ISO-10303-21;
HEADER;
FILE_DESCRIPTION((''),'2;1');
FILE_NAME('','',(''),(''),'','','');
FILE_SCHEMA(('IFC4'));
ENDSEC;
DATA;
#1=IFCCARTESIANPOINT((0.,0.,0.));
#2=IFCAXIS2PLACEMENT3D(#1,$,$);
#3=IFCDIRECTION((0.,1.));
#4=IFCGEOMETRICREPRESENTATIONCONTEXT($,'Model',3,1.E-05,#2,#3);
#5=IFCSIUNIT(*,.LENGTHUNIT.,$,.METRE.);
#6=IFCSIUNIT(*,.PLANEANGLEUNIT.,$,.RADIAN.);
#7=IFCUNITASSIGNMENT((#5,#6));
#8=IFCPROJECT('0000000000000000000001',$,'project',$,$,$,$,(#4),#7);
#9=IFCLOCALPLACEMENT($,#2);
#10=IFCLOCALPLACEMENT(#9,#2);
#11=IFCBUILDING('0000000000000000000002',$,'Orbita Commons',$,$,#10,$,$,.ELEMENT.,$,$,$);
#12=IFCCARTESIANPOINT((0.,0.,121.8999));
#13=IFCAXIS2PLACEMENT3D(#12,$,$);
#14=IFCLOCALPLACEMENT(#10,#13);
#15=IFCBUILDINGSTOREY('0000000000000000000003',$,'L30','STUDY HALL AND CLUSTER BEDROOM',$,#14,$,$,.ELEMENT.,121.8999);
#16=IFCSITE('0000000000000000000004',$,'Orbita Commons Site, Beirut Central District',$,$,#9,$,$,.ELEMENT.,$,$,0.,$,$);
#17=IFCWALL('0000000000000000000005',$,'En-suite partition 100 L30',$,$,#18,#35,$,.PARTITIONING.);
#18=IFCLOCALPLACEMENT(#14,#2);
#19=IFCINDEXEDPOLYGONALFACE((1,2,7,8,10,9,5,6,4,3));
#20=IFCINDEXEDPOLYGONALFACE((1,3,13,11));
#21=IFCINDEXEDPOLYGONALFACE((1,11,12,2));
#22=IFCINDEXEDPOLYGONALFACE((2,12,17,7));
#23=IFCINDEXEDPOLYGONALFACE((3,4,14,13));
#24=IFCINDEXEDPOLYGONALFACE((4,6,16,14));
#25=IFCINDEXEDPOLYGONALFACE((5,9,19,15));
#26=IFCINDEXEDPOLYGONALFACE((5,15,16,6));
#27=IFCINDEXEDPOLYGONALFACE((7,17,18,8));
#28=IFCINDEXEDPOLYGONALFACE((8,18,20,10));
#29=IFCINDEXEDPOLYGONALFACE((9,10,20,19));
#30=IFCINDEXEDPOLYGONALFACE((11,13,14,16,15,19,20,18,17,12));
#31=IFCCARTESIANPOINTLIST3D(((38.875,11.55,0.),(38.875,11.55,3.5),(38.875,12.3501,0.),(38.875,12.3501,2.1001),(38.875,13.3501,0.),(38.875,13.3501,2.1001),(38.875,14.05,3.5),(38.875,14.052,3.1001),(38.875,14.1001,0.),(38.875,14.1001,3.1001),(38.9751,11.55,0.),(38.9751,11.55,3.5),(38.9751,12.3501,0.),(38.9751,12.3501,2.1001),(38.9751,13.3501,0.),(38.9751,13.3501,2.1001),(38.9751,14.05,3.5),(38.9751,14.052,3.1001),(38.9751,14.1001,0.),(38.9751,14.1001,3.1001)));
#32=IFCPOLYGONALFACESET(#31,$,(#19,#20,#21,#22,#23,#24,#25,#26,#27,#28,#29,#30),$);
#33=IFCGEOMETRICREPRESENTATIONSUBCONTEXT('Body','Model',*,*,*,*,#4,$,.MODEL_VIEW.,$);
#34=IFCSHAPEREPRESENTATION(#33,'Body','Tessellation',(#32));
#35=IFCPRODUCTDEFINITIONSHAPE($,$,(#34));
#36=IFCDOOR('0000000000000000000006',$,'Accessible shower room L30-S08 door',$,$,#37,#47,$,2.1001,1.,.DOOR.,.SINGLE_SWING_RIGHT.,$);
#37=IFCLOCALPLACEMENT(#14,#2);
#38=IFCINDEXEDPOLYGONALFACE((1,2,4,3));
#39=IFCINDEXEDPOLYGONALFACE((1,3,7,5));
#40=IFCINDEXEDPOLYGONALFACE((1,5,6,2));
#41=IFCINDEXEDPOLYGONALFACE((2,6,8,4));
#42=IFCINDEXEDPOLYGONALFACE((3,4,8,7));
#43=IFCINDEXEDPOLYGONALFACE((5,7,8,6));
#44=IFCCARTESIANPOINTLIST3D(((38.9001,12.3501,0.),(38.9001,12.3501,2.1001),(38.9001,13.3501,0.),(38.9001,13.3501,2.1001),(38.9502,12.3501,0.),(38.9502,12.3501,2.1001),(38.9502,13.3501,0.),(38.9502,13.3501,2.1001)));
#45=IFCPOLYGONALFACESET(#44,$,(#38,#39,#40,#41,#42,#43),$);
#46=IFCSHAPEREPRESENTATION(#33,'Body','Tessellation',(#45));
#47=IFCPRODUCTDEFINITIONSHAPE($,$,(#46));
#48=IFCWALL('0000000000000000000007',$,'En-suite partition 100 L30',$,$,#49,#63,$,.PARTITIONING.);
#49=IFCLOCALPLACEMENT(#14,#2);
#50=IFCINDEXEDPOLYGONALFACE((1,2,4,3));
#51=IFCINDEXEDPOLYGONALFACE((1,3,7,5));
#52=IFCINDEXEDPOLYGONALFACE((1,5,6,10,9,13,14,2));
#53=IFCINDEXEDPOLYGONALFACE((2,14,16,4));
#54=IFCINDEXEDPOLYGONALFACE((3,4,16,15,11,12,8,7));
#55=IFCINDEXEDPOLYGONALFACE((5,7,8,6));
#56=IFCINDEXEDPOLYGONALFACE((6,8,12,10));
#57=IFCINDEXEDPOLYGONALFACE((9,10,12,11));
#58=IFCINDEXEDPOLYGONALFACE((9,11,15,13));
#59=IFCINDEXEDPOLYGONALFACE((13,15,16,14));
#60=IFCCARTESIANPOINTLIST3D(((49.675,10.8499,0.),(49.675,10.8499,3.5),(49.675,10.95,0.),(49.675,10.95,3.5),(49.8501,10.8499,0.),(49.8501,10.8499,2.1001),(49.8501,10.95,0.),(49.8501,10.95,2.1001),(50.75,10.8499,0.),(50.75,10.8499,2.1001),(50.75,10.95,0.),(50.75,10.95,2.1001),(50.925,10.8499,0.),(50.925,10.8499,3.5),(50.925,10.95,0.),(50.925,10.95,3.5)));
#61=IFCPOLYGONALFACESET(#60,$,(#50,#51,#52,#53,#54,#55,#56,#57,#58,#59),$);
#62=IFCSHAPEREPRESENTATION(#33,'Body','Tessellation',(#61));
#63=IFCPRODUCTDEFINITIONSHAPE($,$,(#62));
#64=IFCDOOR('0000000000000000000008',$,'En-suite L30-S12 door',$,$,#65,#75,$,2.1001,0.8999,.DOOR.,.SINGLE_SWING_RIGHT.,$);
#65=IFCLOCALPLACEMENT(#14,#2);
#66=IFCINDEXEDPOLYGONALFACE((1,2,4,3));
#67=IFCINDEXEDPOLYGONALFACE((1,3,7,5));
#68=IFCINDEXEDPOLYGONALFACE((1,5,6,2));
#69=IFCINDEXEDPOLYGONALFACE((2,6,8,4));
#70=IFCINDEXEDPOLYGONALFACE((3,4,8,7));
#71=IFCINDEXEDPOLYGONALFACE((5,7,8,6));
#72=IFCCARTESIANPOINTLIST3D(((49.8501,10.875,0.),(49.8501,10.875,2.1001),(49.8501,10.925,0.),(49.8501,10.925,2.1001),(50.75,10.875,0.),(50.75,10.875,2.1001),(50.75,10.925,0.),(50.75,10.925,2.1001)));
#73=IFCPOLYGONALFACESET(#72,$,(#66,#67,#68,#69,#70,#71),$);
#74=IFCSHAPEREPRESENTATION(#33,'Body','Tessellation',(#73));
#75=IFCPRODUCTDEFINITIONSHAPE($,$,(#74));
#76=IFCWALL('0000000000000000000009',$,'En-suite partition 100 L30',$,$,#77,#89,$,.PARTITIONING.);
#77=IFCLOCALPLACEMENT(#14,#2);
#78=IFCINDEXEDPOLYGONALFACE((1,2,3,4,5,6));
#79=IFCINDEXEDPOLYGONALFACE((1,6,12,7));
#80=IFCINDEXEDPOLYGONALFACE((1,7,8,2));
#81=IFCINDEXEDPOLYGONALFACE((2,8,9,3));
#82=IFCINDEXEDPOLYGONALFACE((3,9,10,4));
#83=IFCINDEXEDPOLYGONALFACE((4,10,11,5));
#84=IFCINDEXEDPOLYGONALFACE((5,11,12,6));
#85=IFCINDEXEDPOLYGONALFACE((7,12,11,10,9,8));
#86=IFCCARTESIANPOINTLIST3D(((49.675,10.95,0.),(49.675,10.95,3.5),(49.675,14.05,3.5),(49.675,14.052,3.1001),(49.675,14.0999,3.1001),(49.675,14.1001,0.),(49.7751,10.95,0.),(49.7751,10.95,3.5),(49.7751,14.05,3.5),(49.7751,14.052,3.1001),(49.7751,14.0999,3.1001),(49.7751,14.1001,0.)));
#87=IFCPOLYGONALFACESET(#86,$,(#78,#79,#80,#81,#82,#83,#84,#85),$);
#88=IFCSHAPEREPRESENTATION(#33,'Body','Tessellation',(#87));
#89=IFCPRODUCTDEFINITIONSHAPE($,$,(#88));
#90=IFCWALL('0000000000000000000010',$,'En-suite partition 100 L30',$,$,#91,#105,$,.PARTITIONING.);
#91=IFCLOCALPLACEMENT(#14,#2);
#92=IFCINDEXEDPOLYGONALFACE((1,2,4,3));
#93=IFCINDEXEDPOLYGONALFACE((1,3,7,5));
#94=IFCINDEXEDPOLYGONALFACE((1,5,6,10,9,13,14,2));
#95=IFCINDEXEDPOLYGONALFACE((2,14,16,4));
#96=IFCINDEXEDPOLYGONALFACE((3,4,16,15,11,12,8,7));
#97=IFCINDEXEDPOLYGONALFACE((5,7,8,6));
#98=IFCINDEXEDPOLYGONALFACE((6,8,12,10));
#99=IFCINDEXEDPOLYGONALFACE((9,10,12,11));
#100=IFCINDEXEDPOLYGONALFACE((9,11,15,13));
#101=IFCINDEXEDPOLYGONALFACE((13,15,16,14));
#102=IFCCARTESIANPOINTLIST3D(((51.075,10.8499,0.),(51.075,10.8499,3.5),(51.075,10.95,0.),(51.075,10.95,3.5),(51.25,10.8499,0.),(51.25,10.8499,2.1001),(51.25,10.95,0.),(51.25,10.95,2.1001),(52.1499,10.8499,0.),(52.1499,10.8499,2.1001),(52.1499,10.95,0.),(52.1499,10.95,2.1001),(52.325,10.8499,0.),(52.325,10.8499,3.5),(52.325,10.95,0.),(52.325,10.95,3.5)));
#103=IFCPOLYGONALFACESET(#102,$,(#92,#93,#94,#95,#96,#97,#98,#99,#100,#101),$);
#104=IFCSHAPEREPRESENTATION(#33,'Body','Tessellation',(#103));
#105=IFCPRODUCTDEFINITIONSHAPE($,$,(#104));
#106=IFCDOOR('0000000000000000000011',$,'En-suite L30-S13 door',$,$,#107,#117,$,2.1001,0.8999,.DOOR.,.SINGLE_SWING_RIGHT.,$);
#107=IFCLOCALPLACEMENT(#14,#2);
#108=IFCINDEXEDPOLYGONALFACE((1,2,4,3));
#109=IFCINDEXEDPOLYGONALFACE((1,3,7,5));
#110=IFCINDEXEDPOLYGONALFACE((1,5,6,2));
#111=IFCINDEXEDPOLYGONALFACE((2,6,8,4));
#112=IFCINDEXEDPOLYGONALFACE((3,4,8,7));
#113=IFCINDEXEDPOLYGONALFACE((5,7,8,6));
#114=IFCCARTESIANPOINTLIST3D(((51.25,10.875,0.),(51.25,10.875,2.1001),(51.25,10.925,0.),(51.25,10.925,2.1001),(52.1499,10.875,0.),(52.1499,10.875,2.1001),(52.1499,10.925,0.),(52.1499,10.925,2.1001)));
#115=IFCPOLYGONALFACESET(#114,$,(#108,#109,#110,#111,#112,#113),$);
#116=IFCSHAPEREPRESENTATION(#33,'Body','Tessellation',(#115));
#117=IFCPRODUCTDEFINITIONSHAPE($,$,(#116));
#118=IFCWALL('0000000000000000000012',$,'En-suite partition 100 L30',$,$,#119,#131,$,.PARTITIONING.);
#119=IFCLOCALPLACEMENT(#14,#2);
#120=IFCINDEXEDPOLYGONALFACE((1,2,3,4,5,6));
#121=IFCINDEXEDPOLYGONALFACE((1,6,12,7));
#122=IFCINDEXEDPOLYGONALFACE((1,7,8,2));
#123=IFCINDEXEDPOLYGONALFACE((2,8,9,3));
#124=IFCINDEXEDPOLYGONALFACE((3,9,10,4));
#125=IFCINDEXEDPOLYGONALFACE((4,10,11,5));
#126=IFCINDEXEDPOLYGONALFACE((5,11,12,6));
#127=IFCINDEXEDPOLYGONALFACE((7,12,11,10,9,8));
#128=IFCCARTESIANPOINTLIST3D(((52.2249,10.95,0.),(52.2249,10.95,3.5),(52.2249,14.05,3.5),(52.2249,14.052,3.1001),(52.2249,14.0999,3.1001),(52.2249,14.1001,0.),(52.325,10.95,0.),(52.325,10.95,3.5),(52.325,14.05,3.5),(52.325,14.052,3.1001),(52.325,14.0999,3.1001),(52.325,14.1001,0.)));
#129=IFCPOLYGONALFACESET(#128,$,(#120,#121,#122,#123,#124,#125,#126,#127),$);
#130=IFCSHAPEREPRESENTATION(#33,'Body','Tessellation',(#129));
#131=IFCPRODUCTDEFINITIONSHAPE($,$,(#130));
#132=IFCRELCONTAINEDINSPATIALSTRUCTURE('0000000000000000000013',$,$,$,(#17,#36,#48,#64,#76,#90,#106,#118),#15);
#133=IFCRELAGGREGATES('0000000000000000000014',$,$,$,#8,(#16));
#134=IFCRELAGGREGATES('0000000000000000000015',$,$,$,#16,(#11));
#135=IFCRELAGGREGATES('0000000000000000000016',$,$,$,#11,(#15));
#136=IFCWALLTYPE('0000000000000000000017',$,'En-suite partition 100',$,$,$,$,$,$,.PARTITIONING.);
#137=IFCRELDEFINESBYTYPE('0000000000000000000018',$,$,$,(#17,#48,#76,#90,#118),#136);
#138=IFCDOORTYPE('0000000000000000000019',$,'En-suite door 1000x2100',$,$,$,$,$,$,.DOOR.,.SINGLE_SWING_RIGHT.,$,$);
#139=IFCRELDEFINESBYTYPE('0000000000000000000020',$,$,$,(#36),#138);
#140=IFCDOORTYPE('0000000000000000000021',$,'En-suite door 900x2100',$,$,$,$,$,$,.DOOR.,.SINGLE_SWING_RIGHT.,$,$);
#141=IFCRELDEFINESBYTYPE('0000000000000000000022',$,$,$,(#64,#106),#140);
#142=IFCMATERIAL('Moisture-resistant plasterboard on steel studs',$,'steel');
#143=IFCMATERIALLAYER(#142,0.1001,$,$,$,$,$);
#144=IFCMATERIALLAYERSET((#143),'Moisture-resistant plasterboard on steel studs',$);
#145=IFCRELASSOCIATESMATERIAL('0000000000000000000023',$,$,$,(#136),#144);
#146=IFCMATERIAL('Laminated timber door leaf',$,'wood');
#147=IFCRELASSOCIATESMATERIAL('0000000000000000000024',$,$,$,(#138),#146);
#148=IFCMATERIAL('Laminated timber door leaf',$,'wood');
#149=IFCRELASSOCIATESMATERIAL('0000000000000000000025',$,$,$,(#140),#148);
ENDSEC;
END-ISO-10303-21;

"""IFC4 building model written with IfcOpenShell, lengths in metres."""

from ifc_helpers import new_model, si_unit, direction, frame, frame_2d, origin, place, context, subcontext, project, spatial, polyline, rectangle, outline, extrude, material, layer, layer_set, type_object, element, fill, save


model = new_model("IFC4")

# Units and contexts
model_context = context("Model", 3, precision=1e-05, world=origin(), true_north=direction((0.0, 1.0)))
body_context = subcontext(model_context, "Body", "Model", "MODEL_VIEW")
ifc_project = project(units=[si_unit("LENGTHUNIT", "METRE"), si_unit("PLANEANGLEUNIT", "RADIAN")], contexts=[model_context])

# Site, building, storey
site_placement = place(None, origin())
site = spatial("IfcSite", under=ifc_project, at=site_placement, Name="Orbita Commons Site, Beirut Central District", CompositionType="ELEMENT", RefElevation=0.0)
building_placement = place(site_placement, origin())
building = spatial("IfcBuilding", under=site, at=building_placement, Name="Orbita Commons", CompositionType="ELEMENT")
storey_placement = place(building_placement, frame((0.0, 0.0, 121.8999)))
storey = spatial("IfcBuildingStorey", under=building, at=storey_placement, Name="L30", Description="STUDY HALL AND CLUSTER BEDROOM", CompositionType="ELEMENT", Elevation=121.8999)

# Shared definitions
ifc_material_1 = material(Name="Moisture-resistant plasterboard on steel studs", Category="steel")
ifc_layer_1 = layer(ifc_material_1, 0.1001)
ifc_layer_set_1 = layer_set([ifc_layer_1], Name="Moisture-resistant plasterboard on steel studs")
wall_type_1 = type_object("IfcWallType", Name="En-suite partition 100", PredefinedType="PARTITIONING", material=ifc_layer_set_1)

# Walls, openings, doors
wall_1_placement = place(storey_placement, frame((38.925, 11.55, 0.0), z_axis=(0.0, 0.0, 1.0), x_axis=(0.0, 1.0, 0.0)))
wall_1 = element("IfcWall", 1, at=wall_1_placement, inside=storey, type_object=wall_type_1, Name="En-suite partition 100 L30", PredefinedType="PARTITIONING", context=body_context, shape_type="SweptSolid", body=[
    extrude(outline(polyline([(0.0, 0.0), (2.55, 0.0), (2.55, 3.1001), (2.502, 3.1001), (2.5, 3.5), (0.0, 3.5), (0.0, 0.0)])), frame((0.0, 0.05, 0.0), z_axis=(0.0, -1.0, 0.0), x_axis=(1.0, 0.0, 0.0)), (0.0, 0.0, 1.0), 0.1001),
])
opening_1_placement = place(wall_1_placement, frame((0.8, 0.0, 0.0)))
opening_1 = element("IfcOpeningElement", 2, at=opening_1_placement, cuts=wall_1, PredefinedType="OPENING", context=body_context, shape_type="SweptSolid", body=[
    extrude(rectangle(XDim=1.0, YDim=2.1001, at=frame_2d((0.5, 1.05))), frame((0.0, 0.0601, 0.0), z_axis=(0.0, -1.0, 0.0), x_axis=(1.0, 0.0, 0.0)), (0.0, 0.0, 1.0), 0.1201),
])
ifc_material_2 = material(Name="Laminated timber door leaf", Category="wood")
door_type_1 = type_object("IfcDoorType", Name="En-suite door 1000x2100", OperationType="SINGLE_SWING_RIGHT", PredefinedType="DOOR", material=ifc_material_2)
door_1_placement = place(opening_1_placement, origin())
door_1 = element("IfcDoor", 3, at=door_1_placement, inside=storey, type_object=door_type_1, Name="Accessible shower room L30-S08 door", OperationType="SINGLE_SWING_RIGHT", OverallHeight=2.1001, OverallWidth=1.0, PredefinedType="DOOR", context=body_context, shape_type="SweptSolid", body=[
    extrude(rectangle(XDim=1.0, YDim=2.1001, at=frame_2d((0.5, 1.05))), frame((0.0, 0.0249, 0.0), z_axis=(0.0, -1.0, 0.0), x_axis=(1.0, 0.0, 0.0)), (0.0, 0.0, 1.0), 0.05),
])
fill(opening_1, door_1)
wall_2_placement = place(storey_placement, frame((50.925, 10.8999, 0.0), z_axis=(0.0, 0.0, 1.0), x_axis=(-1.0, 0.0, 0.0)))
wall_2 = element("IfcWall", 4, at=wall_2_placement, inside=storey, type_object=wall_type_1, Name="En-suite partition 100 L30", PredefinedType="PARTITIONING", context=body_context, shape_type="SweptSolid", body=[
    extrude(rectangle(XDim=1.25, YDim=0.1001, at=frame_2d((0.625, 0.0))), origin(), (0.0, 0.0, 1.0), 3.5),
])
opening_2_placement = place(wall_2_placement, frame((0.175, 0.0, 0.0)))
opening_2 = element("IfcOpeningElement", 5, at=opening_2_placement, cuts=wall_2, PredefinedType="OPENING", context=body_context, shape_type="SweptSolid", body=[
    extrude(rectangle(XDim=0.8999, YDim=2.1001, at=frame_2d((0.45, 1.05))), frame((0.0, 0.0601, 0.0), z_axis=(0.0, -1.0, 0.0), x_axis=(1.0, 0.0, 0.0)), (0.0, 0.0, 1.0), 0.1201),
])
ifc_material_3 = material(Name="Laminated timber door leaf", Category="wood")
door_type_2 = type_object("IfcDoorType", Name="En-suite door 900x2100", OperationType="SINGLE_SWING_RIGHT", PredefinedType="DOOR", material=ifc_material_3)
door_2_placement = place(opening_2_placement, origin())
door_2 = element("IfcDoor", 6, at=door_2_placement, inside=storey, type_object=door_type_2, Name="En-suite L30-S12 door", OperationType="SINGLE_SWING_RIGHT", OverallHeight=2.1001, OverallWidth=0.8999, PredefinedType="DOOR", context=body_context, shape_type="SweptSolid", body=[
    extrude(rectangle(XDim=0.8999, YDim=2.1001, at=frame_2d((0.45, 1.05))), frame((0.0, 0.0249, 0.0), z_axis=(0.0, -1.0, 0.0), x_axis=(1.0, 0.0, 0.0)), (0.0, 0.0, 1.0), 0.05),
])
fill(opening_2, door_2)

# Wall
wall_3_placement = place(storey_placement, frame((49.7251, 10.95, 0.0), z_axis=(0.0, 0.0, 1.0), x_axis=(0.0, 1.0, 0.0)))
element("IfcWall", 7, at=wall_3_placement, inside=storey, type_object=wall_type_1, Name="En-suite partition 100 L30", PredefinedType="PARTITIONING", context=body_context, shape_type="SweptSolid", body=[
    extrude(outline(polyline([(0.0, 0.0), (3.1501, 0.0), (3.1499, 3.1001), (3.1021, 3.1001), (3.1001, 3.5), (0.0, 3.5), (0.0, 0.0)])), frame((0.0, 0.05, 0.0), z_axis=(0.0, -1.0, 0.0), x_axis=(1.0, 0.0, 0.0)), (0.0, 0.0, 1.0), 0.1001),
])

# Wall, opening, door
wall_4_placement = place(storey_placement, frame((52.325, 10.8999, 0.0), z_axis=(0.0, 0.0, 1.0), x_axis=(-1.0, 0.0, 0.0)))
wall_4 = element("IfcWall", 8, at=wall_4_placement, inside=storey, type_object=wall_type_1, Name="En-suite partition 100 L30", PredefinedType="PARTITIONING", context=body_context, shape_type="SweptSolid", body=[
    extrude(rectangle(XDim=1.25, YDim=0.1001, at=frame_2d((0.625, 0.0))), origin(), (0.0, 0.0, 1.0), 3.5),
])
opening_3_placement = place(wall_4_placement, frame((0.175, 0.0, 0.0)))
opening_3 = element("IfcOpeningElement", 9, at=opening_3_placement, cuts=wall_4, PredefinedType="OPENING", context=body_context, shape_type="SweptSolid", body=[
    extrude(rectangle(XDim=0.8999, YDim=2.1001, at=frame_2d((0.45, 1.05))), frame((0.0, 0.0601, 0.0), z_axis=(0.0, -1.0, 0.0), x_axis=(1.0, 0.0, 0.0)), (0.0, 0.0, 1.0), 0.1201),
])
door_3_placement = place(opening_3_placement, origin())
door_3 = element("IfcDoor", 10, at=door_3_placement, inside=storey, type_object=door_type_2, Name="En-suite L30-S13 door", OperationType="SINGLE_SWING_RIGHT", OverallHeight=2.1001, OverallWidth=0.8999, PredefinedType="DOOR", context=body_context, shape_type="SweptSolid", body=[
    extrude(rectangle(XDim=0.8999, YDim=2.1001, at=frame_2d((0.45, 1.05))), frame((0.0, 0.0249, 0.0), z_axis=(0.0, -1.0, 0.0), x_axis=(1.0, 0.0, 0.0)), (0.0, 0.0, 1.0), 0.05),
])
fill(opening_3, door_3)

# Wall
wall_5_placement = place(storey_placement, frame((52.2749, 10.95, 0.0), z_axis=(0.0, 0.0, 1.0), x_axis=(0.0, 1.0, 0.0)))
element("IfcWall", 11, at=wall_5_placement, inside=storey, type_object=wall_type_1, Name="En-suite partition 100 L30", PredefinedType="PARTITIONING", context=body_context, shape_type="SweptSolid", body=[
    extrude(outline(polyline([(0.0, 0.0), (3.1501, 0.0), (3.1499, 3.1001), (3.1021, 3.1001), (3.1001, 3.5), (0.0, 3.5), (0.0, 0.0)])), frame((0.0, 0.05, 0.0), z_axis=(0.0, -1.0, 0.0), x_axis=(1.0, 0.0, 0.0)), (0.0, 0.0, 1.0), 0.1001),
])

save(model, "model.ifc")
